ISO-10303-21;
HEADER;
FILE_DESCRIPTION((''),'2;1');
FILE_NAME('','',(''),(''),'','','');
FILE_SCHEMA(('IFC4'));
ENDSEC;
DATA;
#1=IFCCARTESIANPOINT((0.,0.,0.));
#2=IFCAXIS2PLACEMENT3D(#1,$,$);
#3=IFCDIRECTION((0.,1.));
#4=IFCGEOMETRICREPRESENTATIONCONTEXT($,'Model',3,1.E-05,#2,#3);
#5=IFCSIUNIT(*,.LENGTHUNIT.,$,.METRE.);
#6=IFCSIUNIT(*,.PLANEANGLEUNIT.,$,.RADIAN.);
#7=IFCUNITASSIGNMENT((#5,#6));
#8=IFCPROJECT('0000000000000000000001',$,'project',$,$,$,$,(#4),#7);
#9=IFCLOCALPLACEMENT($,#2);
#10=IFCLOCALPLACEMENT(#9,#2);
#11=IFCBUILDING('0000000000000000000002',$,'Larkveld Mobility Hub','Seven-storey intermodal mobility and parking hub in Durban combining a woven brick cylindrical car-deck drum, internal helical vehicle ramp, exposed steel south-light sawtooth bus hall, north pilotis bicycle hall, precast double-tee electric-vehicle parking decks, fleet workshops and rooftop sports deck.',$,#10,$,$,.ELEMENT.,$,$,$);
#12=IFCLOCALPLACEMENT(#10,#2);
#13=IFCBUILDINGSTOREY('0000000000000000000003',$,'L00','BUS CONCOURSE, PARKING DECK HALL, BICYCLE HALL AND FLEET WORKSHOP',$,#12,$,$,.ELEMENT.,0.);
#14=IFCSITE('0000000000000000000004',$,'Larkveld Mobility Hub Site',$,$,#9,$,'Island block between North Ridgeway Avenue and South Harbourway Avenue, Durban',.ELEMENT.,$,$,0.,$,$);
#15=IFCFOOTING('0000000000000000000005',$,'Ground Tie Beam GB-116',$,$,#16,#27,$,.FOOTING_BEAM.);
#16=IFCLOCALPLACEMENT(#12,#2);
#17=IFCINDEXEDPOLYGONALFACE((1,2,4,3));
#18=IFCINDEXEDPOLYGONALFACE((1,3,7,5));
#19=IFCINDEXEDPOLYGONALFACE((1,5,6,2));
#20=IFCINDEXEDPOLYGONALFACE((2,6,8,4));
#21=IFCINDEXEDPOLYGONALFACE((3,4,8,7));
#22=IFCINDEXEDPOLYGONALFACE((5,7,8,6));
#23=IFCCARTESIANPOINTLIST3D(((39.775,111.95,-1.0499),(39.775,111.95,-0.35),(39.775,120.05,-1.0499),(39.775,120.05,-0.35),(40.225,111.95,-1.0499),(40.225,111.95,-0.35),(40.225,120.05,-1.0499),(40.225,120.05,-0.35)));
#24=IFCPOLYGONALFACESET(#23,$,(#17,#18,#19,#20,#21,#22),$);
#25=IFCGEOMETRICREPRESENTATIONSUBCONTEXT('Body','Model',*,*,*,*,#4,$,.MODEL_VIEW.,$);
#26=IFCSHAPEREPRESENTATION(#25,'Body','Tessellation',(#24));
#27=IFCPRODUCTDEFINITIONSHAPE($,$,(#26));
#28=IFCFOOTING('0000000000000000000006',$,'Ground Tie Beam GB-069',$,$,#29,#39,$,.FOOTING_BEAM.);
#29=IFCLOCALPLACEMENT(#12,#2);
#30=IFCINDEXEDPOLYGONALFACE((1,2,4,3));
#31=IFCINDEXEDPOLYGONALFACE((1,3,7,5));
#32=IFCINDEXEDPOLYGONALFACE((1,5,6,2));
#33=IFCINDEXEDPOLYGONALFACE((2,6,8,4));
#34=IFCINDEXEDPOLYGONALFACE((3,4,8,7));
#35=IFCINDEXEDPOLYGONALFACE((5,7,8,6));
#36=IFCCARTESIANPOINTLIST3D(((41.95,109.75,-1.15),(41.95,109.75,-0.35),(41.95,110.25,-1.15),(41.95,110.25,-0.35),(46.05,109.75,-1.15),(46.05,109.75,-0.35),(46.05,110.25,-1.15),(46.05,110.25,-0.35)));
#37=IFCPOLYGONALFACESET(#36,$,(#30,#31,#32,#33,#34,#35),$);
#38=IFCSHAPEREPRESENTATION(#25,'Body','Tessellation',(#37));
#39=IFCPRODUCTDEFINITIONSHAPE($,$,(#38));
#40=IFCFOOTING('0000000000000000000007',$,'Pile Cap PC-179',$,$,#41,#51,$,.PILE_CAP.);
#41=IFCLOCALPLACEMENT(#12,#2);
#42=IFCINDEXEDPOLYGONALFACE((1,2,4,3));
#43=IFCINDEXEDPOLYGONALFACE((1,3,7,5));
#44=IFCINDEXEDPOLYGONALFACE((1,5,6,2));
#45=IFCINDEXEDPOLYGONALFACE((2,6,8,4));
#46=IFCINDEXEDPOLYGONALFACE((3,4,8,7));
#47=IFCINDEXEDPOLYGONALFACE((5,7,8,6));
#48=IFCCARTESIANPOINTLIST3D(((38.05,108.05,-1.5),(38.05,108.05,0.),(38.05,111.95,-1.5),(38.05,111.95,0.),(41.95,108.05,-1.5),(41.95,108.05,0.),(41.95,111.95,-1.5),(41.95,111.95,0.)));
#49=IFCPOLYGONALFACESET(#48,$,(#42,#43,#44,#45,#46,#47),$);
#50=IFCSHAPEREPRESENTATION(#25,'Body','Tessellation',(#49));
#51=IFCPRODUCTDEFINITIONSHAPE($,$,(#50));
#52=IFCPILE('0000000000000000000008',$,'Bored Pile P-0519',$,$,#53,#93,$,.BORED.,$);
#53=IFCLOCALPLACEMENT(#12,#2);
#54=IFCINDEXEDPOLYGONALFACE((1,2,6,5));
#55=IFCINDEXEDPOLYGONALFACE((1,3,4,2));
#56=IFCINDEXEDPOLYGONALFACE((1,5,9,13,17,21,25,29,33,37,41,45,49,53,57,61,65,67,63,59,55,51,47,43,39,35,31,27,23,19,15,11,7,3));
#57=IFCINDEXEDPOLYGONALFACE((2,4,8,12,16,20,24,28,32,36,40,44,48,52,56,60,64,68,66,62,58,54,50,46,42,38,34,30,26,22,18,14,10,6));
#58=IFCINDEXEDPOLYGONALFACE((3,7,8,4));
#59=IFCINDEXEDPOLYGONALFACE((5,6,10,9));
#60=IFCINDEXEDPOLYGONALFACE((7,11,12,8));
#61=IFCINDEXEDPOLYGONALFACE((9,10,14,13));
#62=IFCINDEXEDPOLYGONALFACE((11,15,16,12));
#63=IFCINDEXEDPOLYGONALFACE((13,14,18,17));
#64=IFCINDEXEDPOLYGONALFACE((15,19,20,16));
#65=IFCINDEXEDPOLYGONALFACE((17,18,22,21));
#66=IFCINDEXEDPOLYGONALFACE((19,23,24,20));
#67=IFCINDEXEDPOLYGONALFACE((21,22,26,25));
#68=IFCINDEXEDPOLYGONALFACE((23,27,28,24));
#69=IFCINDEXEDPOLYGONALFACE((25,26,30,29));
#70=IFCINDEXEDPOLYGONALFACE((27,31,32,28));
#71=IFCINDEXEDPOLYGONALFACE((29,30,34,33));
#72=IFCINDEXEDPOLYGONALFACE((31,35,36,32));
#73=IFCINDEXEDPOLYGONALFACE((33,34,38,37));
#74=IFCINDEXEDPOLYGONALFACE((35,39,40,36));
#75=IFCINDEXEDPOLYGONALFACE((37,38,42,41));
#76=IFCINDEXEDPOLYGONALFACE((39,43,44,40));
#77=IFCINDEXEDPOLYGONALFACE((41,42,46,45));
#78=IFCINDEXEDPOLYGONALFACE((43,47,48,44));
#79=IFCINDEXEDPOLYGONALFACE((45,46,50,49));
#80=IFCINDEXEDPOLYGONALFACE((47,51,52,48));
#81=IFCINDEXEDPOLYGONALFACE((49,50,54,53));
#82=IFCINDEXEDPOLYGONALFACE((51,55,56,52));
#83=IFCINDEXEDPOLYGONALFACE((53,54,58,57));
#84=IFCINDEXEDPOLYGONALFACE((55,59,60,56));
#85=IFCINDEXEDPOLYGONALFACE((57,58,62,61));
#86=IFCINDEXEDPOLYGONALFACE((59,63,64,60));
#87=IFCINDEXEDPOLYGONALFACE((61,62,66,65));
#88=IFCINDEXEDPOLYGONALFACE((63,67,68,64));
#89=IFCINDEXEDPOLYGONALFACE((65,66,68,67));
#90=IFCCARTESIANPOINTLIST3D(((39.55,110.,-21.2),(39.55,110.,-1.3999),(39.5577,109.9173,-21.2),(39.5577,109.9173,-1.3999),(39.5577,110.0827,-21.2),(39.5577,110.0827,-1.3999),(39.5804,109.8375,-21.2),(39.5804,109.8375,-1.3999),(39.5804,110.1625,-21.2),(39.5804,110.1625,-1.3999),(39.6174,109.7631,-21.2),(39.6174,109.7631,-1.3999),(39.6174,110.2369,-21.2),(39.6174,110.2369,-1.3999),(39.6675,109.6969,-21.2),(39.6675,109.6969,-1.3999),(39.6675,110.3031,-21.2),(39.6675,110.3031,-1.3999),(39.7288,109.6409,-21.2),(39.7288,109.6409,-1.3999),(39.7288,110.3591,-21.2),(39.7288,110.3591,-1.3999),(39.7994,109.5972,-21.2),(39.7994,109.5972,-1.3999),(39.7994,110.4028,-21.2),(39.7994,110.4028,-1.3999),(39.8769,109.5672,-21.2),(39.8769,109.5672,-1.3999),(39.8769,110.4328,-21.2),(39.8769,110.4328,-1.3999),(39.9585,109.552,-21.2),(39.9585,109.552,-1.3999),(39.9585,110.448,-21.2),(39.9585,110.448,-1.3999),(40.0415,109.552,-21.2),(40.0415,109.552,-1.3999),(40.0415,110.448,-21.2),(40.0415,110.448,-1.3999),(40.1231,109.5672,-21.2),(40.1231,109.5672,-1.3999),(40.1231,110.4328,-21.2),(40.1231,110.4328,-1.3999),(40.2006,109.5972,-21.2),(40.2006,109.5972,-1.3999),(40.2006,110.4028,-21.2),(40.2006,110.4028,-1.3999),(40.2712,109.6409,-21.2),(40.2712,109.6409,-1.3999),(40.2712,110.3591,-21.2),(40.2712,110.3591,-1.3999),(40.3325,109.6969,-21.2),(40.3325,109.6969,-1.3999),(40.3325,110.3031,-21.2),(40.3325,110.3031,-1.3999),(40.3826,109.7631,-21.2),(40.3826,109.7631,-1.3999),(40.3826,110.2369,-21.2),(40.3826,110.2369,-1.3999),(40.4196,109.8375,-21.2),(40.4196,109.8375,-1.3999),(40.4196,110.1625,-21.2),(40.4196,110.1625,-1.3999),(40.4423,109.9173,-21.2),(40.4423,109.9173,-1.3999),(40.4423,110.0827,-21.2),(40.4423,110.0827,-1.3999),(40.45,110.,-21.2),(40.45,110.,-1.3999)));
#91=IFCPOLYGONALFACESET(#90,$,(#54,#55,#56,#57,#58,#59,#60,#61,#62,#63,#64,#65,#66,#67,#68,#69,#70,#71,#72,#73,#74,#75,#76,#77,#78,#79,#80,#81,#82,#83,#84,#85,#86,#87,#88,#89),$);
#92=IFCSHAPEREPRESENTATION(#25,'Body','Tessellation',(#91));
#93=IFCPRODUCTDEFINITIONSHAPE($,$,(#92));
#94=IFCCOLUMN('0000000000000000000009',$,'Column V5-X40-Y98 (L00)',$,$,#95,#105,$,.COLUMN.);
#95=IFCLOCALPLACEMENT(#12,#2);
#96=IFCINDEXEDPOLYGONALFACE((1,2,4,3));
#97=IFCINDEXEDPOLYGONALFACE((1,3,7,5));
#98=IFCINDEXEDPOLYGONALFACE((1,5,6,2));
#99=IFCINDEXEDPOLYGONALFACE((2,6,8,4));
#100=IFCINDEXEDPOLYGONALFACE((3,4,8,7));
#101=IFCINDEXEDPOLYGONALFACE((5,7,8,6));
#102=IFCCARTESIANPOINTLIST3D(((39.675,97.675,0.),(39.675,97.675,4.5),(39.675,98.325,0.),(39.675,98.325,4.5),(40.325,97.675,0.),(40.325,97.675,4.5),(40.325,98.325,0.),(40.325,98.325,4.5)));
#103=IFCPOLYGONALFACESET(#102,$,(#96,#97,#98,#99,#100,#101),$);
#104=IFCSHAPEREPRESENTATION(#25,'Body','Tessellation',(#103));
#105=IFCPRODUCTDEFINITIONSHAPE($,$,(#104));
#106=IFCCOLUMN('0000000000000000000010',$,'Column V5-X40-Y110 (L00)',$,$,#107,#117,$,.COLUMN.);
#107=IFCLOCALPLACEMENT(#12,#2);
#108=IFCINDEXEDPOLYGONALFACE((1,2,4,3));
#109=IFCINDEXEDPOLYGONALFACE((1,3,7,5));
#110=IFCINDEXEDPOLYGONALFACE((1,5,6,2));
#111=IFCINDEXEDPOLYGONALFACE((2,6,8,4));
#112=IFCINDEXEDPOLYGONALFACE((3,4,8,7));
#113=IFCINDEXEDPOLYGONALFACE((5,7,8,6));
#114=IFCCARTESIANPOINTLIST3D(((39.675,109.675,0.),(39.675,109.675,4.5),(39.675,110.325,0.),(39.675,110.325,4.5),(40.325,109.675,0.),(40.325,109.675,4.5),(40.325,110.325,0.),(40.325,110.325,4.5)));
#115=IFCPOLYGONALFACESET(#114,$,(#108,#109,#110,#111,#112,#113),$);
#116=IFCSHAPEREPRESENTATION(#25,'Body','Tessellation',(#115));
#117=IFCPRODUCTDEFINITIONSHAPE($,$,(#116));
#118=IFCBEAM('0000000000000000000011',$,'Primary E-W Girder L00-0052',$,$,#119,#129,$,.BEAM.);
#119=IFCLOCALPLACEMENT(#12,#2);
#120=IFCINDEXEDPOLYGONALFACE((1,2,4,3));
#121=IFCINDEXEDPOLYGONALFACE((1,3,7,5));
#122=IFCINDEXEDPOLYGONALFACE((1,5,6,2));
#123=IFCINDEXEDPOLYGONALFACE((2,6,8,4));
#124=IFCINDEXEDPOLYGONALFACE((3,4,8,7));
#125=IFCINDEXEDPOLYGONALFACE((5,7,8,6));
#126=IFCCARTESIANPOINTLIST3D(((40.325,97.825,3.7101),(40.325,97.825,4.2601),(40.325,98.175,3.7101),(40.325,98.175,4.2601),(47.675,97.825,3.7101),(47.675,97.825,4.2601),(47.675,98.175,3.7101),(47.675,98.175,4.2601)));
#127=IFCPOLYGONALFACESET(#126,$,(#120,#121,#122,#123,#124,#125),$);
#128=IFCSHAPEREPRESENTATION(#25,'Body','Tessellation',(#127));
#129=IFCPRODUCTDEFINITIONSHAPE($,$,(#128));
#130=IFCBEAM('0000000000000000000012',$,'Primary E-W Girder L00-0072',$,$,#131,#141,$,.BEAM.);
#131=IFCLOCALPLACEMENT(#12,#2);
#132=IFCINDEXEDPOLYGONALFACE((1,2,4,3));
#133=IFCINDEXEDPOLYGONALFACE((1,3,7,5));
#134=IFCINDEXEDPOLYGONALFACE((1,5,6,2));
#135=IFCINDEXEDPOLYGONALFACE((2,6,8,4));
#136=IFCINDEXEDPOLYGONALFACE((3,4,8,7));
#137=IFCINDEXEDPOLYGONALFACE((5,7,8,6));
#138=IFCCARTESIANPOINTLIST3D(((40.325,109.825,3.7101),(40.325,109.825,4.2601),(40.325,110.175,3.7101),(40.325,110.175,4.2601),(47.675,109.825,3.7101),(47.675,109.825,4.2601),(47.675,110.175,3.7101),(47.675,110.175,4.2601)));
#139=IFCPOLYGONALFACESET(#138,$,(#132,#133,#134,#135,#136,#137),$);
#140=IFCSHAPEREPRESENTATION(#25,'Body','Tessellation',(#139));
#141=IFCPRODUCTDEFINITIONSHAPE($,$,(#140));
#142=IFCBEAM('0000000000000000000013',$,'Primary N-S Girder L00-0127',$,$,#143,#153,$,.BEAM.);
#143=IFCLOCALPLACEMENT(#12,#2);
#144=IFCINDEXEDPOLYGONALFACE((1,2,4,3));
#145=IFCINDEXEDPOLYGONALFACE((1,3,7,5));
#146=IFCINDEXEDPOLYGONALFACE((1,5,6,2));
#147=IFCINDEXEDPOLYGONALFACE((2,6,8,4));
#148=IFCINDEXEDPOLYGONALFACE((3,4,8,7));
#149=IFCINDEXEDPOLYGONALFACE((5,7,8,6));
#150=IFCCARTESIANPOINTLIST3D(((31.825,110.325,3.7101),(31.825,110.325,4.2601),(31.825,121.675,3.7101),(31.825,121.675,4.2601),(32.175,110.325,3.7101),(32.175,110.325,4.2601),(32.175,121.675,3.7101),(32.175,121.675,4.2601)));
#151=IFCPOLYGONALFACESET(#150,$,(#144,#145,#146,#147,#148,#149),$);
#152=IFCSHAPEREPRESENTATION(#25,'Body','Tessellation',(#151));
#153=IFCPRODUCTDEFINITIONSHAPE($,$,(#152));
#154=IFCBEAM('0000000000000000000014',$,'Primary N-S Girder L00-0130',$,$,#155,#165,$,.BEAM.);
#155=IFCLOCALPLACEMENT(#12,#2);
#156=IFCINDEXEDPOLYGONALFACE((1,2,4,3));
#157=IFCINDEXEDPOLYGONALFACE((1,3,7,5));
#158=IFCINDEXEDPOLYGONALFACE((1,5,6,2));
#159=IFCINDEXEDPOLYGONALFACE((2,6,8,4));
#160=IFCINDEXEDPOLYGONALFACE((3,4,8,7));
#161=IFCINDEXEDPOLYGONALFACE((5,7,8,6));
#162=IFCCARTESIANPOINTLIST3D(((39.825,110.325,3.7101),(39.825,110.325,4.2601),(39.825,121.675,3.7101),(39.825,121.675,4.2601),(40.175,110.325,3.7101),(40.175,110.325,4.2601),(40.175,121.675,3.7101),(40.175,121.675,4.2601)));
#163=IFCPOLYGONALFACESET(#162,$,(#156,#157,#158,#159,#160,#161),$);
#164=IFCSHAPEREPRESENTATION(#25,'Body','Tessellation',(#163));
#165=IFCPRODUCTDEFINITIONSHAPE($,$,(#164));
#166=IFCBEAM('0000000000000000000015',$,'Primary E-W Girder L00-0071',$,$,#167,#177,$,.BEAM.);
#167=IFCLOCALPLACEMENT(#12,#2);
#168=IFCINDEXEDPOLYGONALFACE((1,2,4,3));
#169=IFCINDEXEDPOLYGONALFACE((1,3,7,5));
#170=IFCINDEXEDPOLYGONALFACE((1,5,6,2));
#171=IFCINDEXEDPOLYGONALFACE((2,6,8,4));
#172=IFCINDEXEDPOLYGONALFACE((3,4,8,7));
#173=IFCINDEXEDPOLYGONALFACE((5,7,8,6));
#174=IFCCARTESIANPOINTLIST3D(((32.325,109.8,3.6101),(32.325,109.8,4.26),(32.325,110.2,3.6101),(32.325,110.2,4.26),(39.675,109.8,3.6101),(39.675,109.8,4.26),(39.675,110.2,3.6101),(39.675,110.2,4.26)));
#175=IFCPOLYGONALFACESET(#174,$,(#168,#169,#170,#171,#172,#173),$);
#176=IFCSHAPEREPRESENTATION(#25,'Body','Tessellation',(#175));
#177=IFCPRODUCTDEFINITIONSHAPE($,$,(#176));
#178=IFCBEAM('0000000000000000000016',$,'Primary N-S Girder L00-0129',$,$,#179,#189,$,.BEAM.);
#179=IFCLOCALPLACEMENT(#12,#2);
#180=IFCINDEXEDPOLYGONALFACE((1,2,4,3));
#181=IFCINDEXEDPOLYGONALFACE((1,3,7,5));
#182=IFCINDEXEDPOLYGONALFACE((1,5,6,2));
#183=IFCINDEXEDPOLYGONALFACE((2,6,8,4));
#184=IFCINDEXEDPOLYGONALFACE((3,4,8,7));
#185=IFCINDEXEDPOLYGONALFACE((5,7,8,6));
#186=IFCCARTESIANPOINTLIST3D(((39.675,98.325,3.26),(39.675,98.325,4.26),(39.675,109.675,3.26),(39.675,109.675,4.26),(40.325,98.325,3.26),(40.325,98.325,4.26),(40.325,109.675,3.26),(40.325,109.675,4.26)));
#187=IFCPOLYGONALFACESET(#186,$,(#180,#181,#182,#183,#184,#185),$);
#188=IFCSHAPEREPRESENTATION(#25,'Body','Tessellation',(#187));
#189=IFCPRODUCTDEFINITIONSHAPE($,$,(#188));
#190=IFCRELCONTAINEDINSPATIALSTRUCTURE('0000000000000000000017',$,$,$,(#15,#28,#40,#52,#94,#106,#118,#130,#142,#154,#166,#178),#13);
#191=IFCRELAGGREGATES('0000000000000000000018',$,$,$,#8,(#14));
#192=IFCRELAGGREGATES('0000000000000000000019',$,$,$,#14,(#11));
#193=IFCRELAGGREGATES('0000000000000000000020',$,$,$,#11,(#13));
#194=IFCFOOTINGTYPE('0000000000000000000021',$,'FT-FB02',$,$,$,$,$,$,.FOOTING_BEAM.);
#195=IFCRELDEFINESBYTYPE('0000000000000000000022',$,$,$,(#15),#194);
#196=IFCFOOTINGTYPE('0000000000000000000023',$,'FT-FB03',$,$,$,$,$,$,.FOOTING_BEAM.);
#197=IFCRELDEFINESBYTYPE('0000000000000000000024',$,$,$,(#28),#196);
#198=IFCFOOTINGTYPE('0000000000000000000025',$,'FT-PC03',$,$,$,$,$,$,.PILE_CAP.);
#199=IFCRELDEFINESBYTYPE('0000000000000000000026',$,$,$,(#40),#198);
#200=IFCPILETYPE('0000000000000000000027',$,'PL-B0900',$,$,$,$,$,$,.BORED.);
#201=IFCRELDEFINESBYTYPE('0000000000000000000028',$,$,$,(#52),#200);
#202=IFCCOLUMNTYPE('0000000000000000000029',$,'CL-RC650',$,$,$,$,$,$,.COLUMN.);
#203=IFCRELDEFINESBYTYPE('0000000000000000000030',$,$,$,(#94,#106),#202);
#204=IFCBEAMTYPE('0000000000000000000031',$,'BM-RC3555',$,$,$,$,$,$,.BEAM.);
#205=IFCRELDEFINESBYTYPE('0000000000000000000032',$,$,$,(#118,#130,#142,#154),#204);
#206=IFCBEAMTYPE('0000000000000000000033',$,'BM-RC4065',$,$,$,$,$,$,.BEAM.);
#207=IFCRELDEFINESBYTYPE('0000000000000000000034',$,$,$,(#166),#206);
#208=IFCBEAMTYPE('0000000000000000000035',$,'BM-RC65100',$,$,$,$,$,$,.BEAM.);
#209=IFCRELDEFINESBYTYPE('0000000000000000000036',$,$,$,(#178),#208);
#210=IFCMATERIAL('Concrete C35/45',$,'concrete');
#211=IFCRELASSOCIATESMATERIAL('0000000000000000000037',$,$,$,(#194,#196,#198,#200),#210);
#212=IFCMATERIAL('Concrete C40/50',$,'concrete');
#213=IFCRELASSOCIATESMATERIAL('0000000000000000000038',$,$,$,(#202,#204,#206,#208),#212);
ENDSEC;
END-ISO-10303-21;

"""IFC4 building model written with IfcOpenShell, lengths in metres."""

from ifc_helpers import new_model, si_unit, direction, frame, origin, origin_2d, place, context, subcontext, project, spatial, rectangle, circle, extrude, material, material_profile, profile_set, type_object, element, save


model = new_model("IFC4")

# Units and contexts
model_context = context("Model", 3, precision=1e-05, world=origin(), true_north=direction((0.0, 1.0)))
body_context = subcontext(model_context, "Body", "Model", "MODEL_VIEW")
ifc_project = project(units=[si_unit("LENGTHUNIT", "METRE"), si_unit("PLANEANGLEUNIT", "RADIAN")], contexts=[model_context])

# Site, building, storey
site_placement = place(None, origin())
site = spatial("IfcSite", under=ifc_project, at=site_placement, Name="Larkveld Mobility Hub Site", LongName="Island block between North Ridgeway Avenue and South Harbourway Avenue, Durban", CompositionType="ELEMENT", RefElevation=0.0)
building_placement = place(site_placement, origin())
building = spatial("IfcBuilding", under=site, at=building_placement, Name="Larkveld Mobility Hub", Description="Seven-storey intermodal mobility and parking hub in Durban combining a woven brick cylindrical car-deck drum, internal helical vehicle ramp, exposed steel south-light sawtooth bus hall, north pilotis bicycle hall, precast double-tee electric-vehicle parking decks, fleet workshops and rooftop sports deck.", CompositionType="ELEMENT")
storey_placement = place(building_placement, origin())
storey = spatial("IfcBuildingStorey", under=building, at=storey_placement, Name="L00", Description="BUS CONCOURSE, PARKING DECK HALL, BICYCLE HALL AND FLEET WORKSHOP", CompositionType="ELEMENT", Elevation=0.0)

# Footings
ifc_material_1 = material(Name="Concrete C35/45", Category="concrete")
ifc_material_profile_1 = material_profile(ifc_material_1, rectangle(XDim=0.45, YDim=0.7, at=origin_2d()), Name="RC BM 450x700")
ifc_profile_set_1 = profile_set([ifc_material_profile_1], Name="Concrete C35/45")
footing_type_1 = type_object("IfcFootingType", Name="FT-FB02", PredefinedType="FOOTING_BEAM", material=ifc_profile_set_1)
footing_1_placement = place(storey_placement, frame((40.0, 111.95, -0.7), z_axis=(0.0, 1.0, 0.0), x_axis=(-1.0, 0.0, 0.0)))
element("IfcFooting", 1, at=footing_1_placement, inside=storey, type_object=footing_type_1, Name="Ground Tie Beam GB-116", PredefinedType="FOOTING_BEAM", context=body_context, shape_type="SweptSolid", body=[
    extrude(rectangle(XDim=0.45, YDim=0.7, at=origin_2d()), origin(), (0.0, 0.0, 1.0), 8.1001),
])
ifc_material_profile_2 = material_profile(ifc_material_1, rectangle(XDim=0.5, YDim=0.8, at=origin_2d()), Name="RC BM 500x800")
ifc_profile_set_2 = profile_set([ifc_material_profile_2], Name="Concrete C35/45")
footing_type_2 = type_object("IfcFootingType", Name="FT-FB03", PredefinedType="FOOTING_BEAM", material=ifc_profile_set_2)
footing_2_placement = place(storey_placement, frame((41.95, 110.0, -0.75), z_axis=(1.0, 0.0, 0.0), x_axis=(0.0, 1.0, 0.0)))
element("IfcFooting", 2, at=footing_2_placement, inside=storey, type_object=footing_type_2, Name="Ground Tie Beam GB-069", PredefinedType="FOOTING_BEAM", context=body_context, shape_type="SweptSolid", body=[
    extrude(rectangle(XDim=0.5, YDim=0.8, at=origin_2d()), origin(), (0.0, 0.0, 1.0), 4.1001),
])
footing_type_3 = type_object("IfcFootingType", Name="FT-PC03", PredefinedType="PILE_CAP", material=ifc_material_1)
footing_3_placement = place(storey_placement, frame((40.0, 110.0, -1.5), z_axis=(0.0, 0.0, 1.0), x_axis=(1.0, 0.0, 0.0)))
element("IfcFooting", 3, at=footing_3_placement, inside=storey, type_object=footing_type_3, Name="Pile Cap PC-179", PredefinedType="PILE_CAP", context=body_context, shape_type="SweptSolid", body=[
    extrude(rectangle(XDim=3.8999, YDim=3.8999, at=origin_2d()), origin(), (0.0, 0.0, 1.0), 1.5),
])

# Pile
ifc_material_profile_3 = material_profile(ifc_material_1, circle(Radius=0.45, at=origin_2d()), Name="PILE D900")
ifc_profile_set_3 = profile_set([ifc_material_profile_3], Name="Concrete C35/45")
pile_type = type_object("IfcPileType", Name="PL-B0900", PredefinedType="BORED", material=ifc_profile_set_3)
pile_placement = place(storey_placement, frame((40.0, 110.0, -1.3999), z_axis=(0.0, 0.0, -1.0), x_axis=(1.0, 0.0, 0.0)))
element("IfcPile", 4, at=pile_placement, inside=storey, type_object=pile_type, Name="Bored Pile P-0519", PredefinedType="BORED", context=body_context, shape_type="SweptSolid", body=[
    extrude(circle(Radius=0.45, at=origin_2d()), origin(), (0.0, 0.0, 1.0), 19.8),
])

# Columns
ifc_material_2 = material(Name="Concrete C40/50", Category="concrete")
ifc_material_profile_4 = material_profile(ifc_material_2, rectangle(XDim=0.6499, YDim=0.6499, at=origin_2d()), Name="RC COL 650x650")
ifc_profile_set_4 = profile_set([ifc_material_profile_4], Name="Concrete C40/50")
column_type = type_object("IfcColumnType", Name="CL-RC650", PredefinedType="COLUMN", material=ifc_profile_set_4)
for number, where, z_axis, x_axis, name in (
    (5, (40.0, 98.0, 0.0), (0.0, 0.0, 1.0), (1.0, 0.0, 0.0), "Column V5-X40-Y98 (L00)"),
    (6, (40.0, 110.0, 0.0), (0.0, 0.0, 1.0), (1.0, 0.0, 0.0), "Column V5-X40-Y110 (L00)"),
):
    element("IfcColumn", number, at=place(storey_placement, frame(where, z_axis=z_axis, x_axis=x_axis)), inside=storey, type_object=column_type, Name=name, PredefinedType="COLUMN", context=body_context, shape_type="SweptSolid", body=[
        extrude(rectangle(XDim=0.6499, YDim=0.6499, at=origin_2d()), origin(), (0.0, 0.0, 1.0), 4.5),
    ])

# Beams
ifc_material_profile_5 = material_profile(ifc_material_2, rectangle(XDim=0.3501, YDim=0.55, at=origin_2d()), Name="RC BM 350x550")
ifc_profile_set_5 = profile_set([ifc_material_profile_5], Name="Concrete C40/50")
beam_type_1 = type_object("IfcBeamType", Name="BM-RC3555", PredefinedType="BEAM", material=ifc_profile_set_5)
for number, where, z_axis, x_axis, name in (
    (7, (40.325, 98.0, 3.9851), (1.0, 0.0, 0.0), (0.0, 1.0, 0.0), "Primary E-W Girder L00-0052"),
    (8, (40.325, 110.0, 3.9851), (1.0, 0.0, 0.0), (0.0, 1.0, 0.0), "Primary E-W Girder L00-0072"),
):
    element("IfcBeam", number, at=place(storey_placement, frame(where, z_axis=z_axis, x_axis=x_axis)), inside=storey, type_object=beam_type_1, Name=name, PredefinedType="BEAM", context=body_context, shape_type="SweptSolid", body=[
        extrude(rectangle(XDim=0.3501, YDim=0.55, at=origin_2d()), origin(), (0.0, 0.0, 1.0), 7.3501),
    ])
for number, where, z_axis, x_axis, name in (
    (9, (32.0, 110.325, 3.9851), (0.0, 1.0, 0.0), (-1.0, 0.0, 0.0), "Primary N-S Girder L00-0127"),
    (10, (40.0, 110.325, 3.9851), (0.0, 1.0, 0.0), (-1.0, 0.0, 0.0), "Primary N-S Girder L00-0130"),
):
    element("IfcBeam", number, at=place(storey_placement, frame(where, z_axis=z_axis, x_axis=x_axis)), inside=storey, type_object=beam_type_1, Name=name, PredefinedType="BEAM", context=body_context, shape_type="SweptSolid", body=[
        extrude(rectangle(XDim=0.3501, YDim=0.55, at=origin_2d()), origin(), (0.0, 0.0, 1.0), 11.3501),
    ])
ifc_material_profile_6 = material_profile(ifc_material_2, rectangle(XDim=0.3999, YDim=0.6499, at=origin_2d()), Name="RC BM 400x650")
ifc_profile_set_6 = profile_set([ifc_material_profile_6], Name="Concrete C40/50")
beam_type_2 = type_object("IfcBeamType", Name="BM-RC4065", PredefinedType="BEAM", material=ifc_profile_set_6)
beam_1_placement = place(storey_placement, frame((32.325, 110.0, 3.9351), z_axis=(1.0, 0.0, 0.0), x_axis=(0.0, 1.0, 0.0)))
element("IfcBeam", 11, at=beam_1_placement, inside=storey, type_object=beam_type_2, Name="Primary E-W Girder L00-0071", PredefinedType="BEAM", context=body_context, shape_type="SweptSolid", body=[
    extrude(rectangle(XDim=0.3999, YDim=0.6499, at=origin_2d()), origin(), (0.0, 0.0, 1.0), 7.3501),
])
ifc_material_profile_7 = material_profile(ifc_material_2, rectangle(XDim=0.6499, YDim=1.0, at=origin_2d()), Name="RC BM 650x1000")
ifc_profile_set_7 = profile_set([ifc_material_profile_7], Name="Concrete C40/50")
beam_type_3 = type_object("IfcBeamType", Name="BM-RC65100", PredefinedType="BEAM", material=ifc_profile_set_7)
beam_2_placement = place(storey_placement, frame((40.0, 98.325, 3.76), z_axis=(0.0, 1.0, 0.0), x_axis=(-1.0, 0.0, 0.0)))
element("IfcBeam", 12, at=beam_2_placement, inside=storey, type_object=beam_type_3, Name="Primary N-S Girder L00-0129", PredefinedType="BEAM", context=body_context, shape_type="SweptSolid", body=[
    extrude(rectangle(XDim=0.6499, YDim=1.0, at=origin_2d()), origin(), (0.0, 0.0, 1.0), 11.3501),
])

save(model, "model.ifc")
